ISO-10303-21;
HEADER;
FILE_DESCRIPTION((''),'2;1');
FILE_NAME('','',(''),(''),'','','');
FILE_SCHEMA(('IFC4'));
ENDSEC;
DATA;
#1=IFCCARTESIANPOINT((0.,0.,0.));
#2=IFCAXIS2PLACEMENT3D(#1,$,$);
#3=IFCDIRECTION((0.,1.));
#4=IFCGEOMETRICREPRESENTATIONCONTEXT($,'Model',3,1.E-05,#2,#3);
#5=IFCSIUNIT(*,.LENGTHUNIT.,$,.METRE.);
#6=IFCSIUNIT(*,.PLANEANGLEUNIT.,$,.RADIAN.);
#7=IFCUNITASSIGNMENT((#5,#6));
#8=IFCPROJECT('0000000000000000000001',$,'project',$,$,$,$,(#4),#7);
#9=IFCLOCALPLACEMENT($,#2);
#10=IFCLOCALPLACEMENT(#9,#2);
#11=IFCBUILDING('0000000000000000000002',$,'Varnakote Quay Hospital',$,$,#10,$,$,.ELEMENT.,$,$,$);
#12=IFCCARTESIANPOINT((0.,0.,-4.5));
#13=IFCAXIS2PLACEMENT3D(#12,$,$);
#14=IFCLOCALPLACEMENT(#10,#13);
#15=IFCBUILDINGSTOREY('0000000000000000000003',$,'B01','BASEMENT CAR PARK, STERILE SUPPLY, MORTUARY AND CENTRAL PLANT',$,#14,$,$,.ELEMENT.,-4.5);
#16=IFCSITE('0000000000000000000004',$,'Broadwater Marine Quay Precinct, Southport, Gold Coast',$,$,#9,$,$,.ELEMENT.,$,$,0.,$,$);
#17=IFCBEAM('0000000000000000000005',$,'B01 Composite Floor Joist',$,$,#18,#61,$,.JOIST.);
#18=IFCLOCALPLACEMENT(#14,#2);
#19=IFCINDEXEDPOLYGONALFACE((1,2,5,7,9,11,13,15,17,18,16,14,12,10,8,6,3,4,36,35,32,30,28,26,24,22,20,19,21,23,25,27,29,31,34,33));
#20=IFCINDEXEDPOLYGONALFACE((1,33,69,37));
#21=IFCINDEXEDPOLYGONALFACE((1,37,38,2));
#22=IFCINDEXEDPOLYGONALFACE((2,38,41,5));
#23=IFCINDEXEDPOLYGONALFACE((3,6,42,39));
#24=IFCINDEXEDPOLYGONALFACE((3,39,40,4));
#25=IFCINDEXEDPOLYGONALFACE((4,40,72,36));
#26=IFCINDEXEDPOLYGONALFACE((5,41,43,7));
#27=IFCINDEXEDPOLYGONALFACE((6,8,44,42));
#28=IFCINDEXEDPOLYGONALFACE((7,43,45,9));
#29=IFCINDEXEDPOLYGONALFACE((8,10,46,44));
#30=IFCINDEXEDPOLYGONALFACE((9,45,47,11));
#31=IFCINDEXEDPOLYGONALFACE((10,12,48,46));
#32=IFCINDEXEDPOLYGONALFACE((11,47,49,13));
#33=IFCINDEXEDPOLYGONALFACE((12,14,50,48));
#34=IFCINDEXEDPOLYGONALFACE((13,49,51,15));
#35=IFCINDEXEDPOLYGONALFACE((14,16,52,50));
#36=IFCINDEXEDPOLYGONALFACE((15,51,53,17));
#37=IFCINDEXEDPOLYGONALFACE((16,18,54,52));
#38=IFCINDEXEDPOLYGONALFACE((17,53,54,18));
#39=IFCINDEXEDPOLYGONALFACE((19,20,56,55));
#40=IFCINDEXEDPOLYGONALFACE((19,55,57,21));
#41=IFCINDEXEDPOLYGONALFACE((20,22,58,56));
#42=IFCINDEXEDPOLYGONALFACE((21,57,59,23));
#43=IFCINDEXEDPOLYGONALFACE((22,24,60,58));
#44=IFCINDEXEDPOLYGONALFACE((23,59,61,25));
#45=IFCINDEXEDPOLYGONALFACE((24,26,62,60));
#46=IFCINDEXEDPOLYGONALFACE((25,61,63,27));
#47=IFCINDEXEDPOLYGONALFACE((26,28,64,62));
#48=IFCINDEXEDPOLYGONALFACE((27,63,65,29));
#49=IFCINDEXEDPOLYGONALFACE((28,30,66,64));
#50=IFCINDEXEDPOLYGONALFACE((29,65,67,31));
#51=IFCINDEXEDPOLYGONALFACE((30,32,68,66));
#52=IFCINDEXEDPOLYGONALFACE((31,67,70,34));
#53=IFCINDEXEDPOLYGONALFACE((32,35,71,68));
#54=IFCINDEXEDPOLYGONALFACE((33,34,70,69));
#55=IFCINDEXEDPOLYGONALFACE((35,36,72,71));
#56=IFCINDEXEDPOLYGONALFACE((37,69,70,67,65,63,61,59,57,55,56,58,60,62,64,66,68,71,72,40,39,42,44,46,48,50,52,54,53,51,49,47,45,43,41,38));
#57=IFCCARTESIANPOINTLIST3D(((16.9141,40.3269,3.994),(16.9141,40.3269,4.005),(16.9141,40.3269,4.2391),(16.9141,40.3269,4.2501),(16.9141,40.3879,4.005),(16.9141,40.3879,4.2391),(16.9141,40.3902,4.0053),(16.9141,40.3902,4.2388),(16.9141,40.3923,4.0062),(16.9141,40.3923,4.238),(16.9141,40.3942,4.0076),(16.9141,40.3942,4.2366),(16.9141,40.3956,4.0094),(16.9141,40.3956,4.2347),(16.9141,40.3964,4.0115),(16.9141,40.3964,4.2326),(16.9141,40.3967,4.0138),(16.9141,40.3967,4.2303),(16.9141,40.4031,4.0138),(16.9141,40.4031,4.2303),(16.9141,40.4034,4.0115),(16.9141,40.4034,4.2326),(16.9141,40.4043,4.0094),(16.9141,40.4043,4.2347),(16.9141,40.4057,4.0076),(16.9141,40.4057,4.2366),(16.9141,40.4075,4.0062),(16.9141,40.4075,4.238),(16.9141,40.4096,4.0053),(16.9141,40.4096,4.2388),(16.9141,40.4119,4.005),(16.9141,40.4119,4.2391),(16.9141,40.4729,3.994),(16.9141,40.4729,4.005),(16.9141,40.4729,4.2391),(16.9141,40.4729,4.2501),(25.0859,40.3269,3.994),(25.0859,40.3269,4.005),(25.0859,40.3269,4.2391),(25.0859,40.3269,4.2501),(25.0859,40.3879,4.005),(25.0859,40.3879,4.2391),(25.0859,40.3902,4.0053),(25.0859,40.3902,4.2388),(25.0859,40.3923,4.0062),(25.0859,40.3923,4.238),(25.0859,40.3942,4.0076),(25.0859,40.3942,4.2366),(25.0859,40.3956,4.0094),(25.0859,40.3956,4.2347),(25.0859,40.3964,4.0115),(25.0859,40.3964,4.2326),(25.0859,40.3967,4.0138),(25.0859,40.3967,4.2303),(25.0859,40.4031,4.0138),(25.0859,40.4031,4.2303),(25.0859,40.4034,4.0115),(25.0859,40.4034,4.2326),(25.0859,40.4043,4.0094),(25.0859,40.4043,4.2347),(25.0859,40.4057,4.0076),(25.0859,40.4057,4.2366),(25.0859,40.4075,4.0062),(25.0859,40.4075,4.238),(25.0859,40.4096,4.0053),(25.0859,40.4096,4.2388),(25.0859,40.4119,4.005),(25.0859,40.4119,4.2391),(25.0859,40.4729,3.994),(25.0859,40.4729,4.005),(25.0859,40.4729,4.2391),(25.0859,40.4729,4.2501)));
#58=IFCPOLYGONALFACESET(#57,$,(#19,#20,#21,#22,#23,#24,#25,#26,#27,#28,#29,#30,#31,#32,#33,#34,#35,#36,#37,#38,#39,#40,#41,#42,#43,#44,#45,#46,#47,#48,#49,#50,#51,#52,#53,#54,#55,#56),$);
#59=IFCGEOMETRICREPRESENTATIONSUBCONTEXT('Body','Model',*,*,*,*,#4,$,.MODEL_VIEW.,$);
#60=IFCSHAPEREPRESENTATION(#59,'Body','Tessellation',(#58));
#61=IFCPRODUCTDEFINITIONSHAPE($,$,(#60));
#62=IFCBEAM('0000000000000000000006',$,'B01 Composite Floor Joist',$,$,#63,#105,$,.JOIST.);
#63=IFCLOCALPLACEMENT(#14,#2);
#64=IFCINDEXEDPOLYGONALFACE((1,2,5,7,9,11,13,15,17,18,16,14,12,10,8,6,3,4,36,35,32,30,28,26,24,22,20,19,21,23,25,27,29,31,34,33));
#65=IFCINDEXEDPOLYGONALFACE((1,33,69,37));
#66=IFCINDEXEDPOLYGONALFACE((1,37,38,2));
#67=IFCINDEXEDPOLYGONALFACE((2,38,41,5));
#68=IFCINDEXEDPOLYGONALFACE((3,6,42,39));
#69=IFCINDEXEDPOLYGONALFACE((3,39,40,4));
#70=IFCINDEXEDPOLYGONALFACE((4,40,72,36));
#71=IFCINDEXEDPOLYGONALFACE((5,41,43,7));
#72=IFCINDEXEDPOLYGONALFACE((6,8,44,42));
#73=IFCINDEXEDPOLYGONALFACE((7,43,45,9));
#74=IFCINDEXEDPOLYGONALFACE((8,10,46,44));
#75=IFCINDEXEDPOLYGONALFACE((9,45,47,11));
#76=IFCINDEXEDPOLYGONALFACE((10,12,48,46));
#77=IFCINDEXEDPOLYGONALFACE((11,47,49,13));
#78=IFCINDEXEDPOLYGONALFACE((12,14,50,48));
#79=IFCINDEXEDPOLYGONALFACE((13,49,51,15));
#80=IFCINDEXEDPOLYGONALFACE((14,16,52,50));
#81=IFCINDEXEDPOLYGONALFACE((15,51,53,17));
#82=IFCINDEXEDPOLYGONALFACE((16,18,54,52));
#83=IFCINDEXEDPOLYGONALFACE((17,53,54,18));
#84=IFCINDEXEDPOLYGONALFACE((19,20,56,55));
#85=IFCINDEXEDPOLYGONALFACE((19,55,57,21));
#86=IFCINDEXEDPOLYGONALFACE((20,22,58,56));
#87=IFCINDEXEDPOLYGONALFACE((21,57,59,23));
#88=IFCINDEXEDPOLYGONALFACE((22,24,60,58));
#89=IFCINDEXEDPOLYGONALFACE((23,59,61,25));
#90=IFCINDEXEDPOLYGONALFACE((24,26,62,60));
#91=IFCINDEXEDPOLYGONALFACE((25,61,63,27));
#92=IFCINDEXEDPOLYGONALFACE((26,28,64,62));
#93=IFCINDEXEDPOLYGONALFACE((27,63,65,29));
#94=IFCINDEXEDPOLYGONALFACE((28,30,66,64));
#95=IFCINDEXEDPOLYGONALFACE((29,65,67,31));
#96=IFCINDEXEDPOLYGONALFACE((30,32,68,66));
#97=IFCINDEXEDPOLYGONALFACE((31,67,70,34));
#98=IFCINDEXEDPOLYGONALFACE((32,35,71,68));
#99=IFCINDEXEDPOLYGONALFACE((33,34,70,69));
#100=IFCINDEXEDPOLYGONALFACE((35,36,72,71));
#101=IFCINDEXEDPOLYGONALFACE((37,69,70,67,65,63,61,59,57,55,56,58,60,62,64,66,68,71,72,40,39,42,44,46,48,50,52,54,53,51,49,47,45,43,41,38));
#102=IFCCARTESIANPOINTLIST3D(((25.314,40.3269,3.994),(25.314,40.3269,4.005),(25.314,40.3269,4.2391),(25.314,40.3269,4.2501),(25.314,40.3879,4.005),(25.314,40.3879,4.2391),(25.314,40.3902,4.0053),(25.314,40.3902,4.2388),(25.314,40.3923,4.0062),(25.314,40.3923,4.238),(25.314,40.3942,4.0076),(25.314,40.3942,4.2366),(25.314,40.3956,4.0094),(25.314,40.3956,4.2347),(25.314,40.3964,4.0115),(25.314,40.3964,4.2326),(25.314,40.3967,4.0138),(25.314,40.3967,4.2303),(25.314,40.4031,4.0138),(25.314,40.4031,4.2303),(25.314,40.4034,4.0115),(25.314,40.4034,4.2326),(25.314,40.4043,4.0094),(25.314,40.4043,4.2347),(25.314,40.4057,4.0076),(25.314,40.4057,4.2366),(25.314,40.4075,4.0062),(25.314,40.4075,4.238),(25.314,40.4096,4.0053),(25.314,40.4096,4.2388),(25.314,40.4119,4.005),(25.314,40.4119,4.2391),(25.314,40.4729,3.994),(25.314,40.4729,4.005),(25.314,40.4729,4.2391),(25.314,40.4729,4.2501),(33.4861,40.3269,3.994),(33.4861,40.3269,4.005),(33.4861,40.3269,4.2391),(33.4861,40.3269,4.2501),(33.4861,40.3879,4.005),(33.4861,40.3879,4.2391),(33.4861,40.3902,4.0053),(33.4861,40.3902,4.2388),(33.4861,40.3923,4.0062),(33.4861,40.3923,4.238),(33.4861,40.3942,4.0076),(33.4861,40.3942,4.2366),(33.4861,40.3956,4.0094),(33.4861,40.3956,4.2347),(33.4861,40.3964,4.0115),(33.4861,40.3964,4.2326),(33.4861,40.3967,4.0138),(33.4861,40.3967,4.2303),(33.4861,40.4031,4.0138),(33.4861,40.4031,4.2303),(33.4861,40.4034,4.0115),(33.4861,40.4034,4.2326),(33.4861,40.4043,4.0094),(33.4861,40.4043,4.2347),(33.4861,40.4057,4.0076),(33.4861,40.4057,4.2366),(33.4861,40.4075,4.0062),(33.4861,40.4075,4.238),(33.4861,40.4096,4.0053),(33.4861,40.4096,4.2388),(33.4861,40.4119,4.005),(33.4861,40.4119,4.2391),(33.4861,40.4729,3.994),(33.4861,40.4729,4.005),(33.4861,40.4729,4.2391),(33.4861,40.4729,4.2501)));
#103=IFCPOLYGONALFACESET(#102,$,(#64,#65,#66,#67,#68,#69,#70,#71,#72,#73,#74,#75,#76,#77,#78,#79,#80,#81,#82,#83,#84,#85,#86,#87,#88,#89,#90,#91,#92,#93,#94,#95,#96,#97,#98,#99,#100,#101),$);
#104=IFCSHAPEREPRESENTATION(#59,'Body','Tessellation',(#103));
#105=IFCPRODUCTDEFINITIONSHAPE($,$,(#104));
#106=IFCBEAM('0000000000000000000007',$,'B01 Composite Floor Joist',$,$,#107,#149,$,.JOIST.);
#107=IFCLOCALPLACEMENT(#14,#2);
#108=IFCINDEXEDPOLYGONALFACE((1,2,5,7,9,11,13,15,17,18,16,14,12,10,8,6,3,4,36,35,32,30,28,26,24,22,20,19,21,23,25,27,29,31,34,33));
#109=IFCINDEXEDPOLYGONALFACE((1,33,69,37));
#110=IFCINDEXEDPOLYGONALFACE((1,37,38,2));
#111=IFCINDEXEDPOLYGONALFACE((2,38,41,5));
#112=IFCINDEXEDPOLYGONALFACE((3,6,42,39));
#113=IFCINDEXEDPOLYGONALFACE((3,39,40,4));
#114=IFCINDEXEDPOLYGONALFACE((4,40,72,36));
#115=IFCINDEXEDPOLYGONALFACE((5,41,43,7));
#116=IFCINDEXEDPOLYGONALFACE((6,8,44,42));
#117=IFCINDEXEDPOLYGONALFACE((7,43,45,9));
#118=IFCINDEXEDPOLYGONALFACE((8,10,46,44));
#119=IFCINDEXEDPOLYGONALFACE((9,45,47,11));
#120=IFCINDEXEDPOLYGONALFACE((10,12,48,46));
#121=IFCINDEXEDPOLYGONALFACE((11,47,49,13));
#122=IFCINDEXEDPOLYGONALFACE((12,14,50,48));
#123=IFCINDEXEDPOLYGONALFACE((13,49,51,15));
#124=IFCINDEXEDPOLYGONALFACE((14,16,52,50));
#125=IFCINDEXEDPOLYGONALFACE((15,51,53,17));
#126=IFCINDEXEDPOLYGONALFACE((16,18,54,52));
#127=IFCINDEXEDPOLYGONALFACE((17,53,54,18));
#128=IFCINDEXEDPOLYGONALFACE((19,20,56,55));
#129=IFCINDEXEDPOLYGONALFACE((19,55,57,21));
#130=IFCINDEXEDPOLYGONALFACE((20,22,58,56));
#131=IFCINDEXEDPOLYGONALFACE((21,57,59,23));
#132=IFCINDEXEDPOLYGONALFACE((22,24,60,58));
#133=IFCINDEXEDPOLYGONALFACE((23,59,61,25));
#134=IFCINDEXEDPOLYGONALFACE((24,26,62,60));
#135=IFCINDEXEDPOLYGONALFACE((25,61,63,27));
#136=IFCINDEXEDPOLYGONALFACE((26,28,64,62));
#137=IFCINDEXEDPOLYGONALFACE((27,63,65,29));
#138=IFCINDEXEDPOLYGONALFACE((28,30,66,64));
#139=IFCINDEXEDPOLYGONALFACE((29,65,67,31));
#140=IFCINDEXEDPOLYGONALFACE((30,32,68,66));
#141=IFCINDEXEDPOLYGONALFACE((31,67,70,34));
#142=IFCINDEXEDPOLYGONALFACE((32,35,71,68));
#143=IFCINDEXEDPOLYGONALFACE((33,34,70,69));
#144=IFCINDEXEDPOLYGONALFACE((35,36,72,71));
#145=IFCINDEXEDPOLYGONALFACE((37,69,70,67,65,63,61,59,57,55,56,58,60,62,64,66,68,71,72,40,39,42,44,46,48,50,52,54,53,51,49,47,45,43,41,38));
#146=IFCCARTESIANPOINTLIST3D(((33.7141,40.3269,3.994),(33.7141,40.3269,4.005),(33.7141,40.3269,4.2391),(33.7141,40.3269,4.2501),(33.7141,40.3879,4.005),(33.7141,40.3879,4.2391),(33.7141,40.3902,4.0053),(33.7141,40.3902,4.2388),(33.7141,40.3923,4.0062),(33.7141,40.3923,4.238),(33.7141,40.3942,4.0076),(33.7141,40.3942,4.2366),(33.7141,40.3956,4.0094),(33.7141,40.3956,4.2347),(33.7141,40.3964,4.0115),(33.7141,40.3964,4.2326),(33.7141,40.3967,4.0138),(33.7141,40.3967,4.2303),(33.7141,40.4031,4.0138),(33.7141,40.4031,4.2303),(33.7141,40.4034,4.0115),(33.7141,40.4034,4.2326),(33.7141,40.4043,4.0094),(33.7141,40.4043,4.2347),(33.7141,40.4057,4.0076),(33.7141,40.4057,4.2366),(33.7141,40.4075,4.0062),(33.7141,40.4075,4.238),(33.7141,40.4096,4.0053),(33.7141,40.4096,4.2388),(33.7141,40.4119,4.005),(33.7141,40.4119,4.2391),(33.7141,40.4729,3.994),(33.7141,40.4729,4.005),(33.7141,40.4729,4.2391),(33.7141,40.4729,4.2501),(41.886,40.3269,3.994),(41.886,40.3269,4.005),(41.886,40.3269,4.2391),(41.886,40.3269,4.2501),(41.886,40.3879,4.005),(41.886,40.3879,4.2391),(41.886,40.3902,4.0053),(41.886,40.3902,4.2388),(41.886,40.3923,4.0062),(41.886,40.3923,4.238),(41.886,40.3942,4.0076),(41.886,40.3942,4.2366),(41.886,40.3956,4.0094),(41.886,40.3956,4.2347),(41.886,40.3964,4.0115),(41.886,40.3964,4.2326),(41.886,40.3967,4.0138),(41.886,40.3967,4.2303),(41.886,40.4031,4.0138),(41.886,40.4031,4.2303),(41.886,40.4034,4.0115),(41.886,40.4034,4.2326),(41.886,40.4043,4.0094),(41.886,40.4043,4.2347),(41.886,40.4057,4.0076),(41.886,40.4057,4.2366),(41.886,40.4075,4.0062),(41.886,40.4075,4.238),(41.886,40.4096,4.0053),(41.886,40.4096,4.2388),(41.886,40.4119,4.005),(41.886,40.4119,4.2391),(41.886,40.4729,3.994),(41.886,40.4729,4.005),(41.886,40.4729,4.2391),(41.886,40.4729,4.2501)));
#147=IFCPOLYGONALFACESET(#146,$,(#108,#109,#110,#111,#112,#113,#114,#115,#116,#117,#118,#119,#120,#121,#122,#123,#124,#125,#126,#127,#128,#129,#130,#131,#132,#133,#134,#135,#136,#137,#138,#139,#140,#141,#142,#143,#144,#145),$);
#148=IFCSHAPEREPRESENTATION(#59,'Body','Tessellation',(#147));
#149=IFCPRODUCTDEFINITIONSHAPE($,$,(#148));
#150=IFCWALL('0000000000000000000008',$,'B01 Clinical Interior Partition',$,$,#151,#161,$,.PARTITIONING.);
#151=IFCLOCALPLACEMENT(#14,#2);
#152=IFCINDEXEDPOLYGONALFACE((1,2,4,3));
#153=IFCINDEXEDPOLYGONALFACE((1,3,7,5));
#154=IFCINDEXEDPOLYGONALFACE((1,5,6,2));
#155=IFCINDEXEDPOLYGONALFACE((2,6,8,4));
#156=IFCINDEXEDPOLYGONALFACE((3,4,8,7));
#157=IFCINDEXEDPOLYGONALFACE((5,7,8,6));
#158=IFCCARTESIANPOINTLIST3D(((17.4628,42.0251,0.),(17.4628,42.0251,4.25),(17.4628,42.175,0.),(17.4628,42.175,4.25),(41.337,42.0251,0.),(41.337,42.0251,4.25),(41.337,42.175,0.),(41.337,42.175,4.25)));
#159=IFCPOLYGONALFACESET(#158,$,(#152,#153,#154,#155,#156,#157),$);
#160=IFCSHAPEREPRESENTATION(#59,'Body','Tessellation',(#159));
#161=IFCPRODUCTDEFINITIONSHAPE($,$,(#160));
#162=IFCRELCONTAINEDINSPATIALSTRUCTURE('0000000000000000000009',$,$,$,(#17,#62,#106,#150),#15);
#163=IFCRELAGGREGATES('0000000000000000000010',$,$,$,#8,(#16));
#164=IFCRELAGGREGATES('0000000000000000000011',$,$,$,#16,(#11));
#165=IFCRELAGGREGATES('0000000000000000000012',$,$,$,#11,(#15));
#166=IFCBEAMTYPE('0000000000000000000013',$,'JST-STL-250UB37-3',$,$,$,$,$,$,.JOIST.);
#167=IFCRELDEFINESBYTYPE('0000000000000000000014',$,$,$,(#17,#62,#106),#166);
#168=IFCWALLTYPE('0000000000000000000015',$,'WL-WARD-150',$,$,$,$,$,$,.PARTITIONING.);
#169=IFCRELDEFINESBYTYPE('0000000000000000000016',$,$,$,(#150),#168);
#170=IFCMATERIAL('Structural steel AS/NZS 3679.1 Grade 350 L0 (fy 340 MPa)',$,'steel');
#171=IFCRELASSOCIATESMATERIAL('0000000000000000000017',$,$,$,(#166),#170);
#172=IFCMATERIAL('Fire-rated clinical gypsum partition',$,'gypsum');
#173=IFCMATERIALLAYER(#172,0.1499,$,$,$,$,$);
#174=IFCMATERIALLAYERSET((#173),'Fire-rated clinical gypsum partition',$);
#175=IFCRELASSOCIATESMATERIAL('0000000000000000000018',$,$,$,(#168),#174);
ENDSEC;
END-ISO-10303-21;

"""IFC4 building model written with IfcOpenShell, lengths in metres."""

from ifc_helpers import new_model, si_unit, direction, frame, frame_2d, origin, origin_2d, place, context, subcontext, project, spatial, rectangle, i_section, extrude, material, layer, layer_set, material_profile, profile_set, type_object, element, save


model = new_model("IFC4")

# Units and contexts
model_context = context("Model", 3, precision=1e-05, world=origin(), true_north=direction((0.0, 1.0)))
body_context = subcontext(model_context, "Body", "Model", "MODEL_VIEW")
ifc_project = project(units=[si_unit("LENGTHUNIT", "METRE"), si_unit("PLANEANGLEUNIT", "RADIAN")], contexts=[model_context])

# Site, building, storey
site_placement = place(None, origin())
site = spatial("IfcSite", under=ifc_project, at=site_placement, Name="Broadwater Marine Quay Precinct, Southport, Gold Coast", CompositionType="ELEMENT", RefElevation=0.0)
building_placement = place(site_placement, origin())
building = spatial("IfcBuilding", under=site, at=building_placement, Name="Varnakote Quay Hospital", CompositionType="ELEMENT")
storey_placement = place(building_placement, frame((0.0, 0.0, -4.5)))
storey = spatial("IfcBuildingStorey", under=building, at=storey_placement, Name="B01", Description="BASEMENT CAR PARK, STERILE SUPPLY, MORTUARY AND CENTRAL PLANT", CompositionType="ELEMENT", Elevation=-4.5)

# Beams
ifc_material_1 = material(Name="Structural steel AS/NZS 3679.1 Grade 350 L0 (fy 340 MPa)", Category="steel")
ifc_material_profile_1 = material_profile(ifc_material_1, i_section(OverallWidth=0.146, OverallDepth=0.2561, WebThickness=0.0063, FlangeThickness=0.011, FilletRadius=0.0088, at=origin_2d()), Name="250UB37.3")
ifc_profile_set_1 = profile_set([ifc_material_profile_1], Name="Structural steel AS/NZS 3679.1 Grade 350 L0 (fy 340 MPa)")
beam_type_1 = type_object("IfcBeamType", Name="JST-STL-250UB37-3", PredefinedType="JOIST", material=ifc_profile_set_1)
beam_1_placement = place(storey_placement, frame((16.9141, 40.3999, 4.1221), z_axis=(1.0, 0.0, 0.0), x_axis=(0.0, 1.0, 0.0)))
element("IfcBeam", 1, at=beam_1_placement, inside=storey, type_object=beam_type_1, Name="B01 Composite Floor Joist", PredefinedType="JOIST", context=body_context, shape_type="SweptSolid", body=[
    extrude(i_section(OverallWidth=0.146, OverallDepth=0.2561, WebThickness=0.0063, FlangeThickness=0.011, FilletRadius=0.0088, at=origin_2d()), origin(), (0.0, 0.0, 1.0), 8.1719),
])
beam_2_placement = place(storey_placement, frame((25.314, 40.3999, 4.1221), z_axis=(1.0, 0.0, 0.0), x_axis=(0.0, 1.0, 0.0)))
element("IfcBeam", 2, at=beam_2_placement, inside=storey, type_object=beam_type_1, Name="B01 Composite Floor Joist", PredefinedType="JOIST", context=body_context, shape_type="SweptSolid", body=[
    extrude(i_section(OverallWidth=0.146, OverallDepth=0.2561, WebThickness=0.0063, FlangeThickness=0.011, FilletRadius=0.0088, at=origin_2d()), origin(), (0.0, 0.0, 1.0), 8.1721),
])
beam_3_placement = place(storey_placement, frame((33.7141, 40.3999, 4.1221), z_axis=(1.0, 0.0, 0.0), x_axis=(0.0, 1.0, 0.0)))
element("IfcBeam", 3, at=beam_3_placement, inside=storey, type_object=beam_type_1, Name="B01 Composite Floor Joist", PredefinedType="JOIST", context=body_context, shape_type="SweptSolid", body=[
    extrude(i_section(OverallWidth=0.146, OverallDepth=0.2561, WebThickness=0.0063, FlangeThickness=0.011, FilletRadius=0.0088, at=origin_2d()), origin(), (0.0, 0.0, 1.0), 8.1719),
])

# Wall
ifc_material_2 = material(Name="Fire-rated clinical gypsum partition", Category="gypsum")
ifc_layer = layer(ifc_material_2, 0.1499)
ifc_layer_set = layer_set([ifc_layer], Name="Fire-rated clinical gypsum partition")
wall_type = type_object("IfcWallType", Name="WL-WARD-150", PredefinedType="PARTITIONING", material=ifc_layer_set)
wall_placement = place(storey_placement, frame((17.4629, 42.1001, 0.0), z_axis=(0.0, 0.0, 1.0), x_axis=(1.0, 0.0, 0.0)))
element("IfcWall", 4, at=wall_placement, inside=storey, type_object=wall_type, Name="B01 Clinical Interior Partition", PredefinedType="PARTITIONING", context=body_context, shape_type="SweptSolid", body=[
    extrude(rectangle(XDim=23.8743, YDim=0.1499, at=frame_2d((11.937, 0.0))), origin(), (0.0, 0.0, 1.0), 4.25),
])

save(model, "model.ifc")
